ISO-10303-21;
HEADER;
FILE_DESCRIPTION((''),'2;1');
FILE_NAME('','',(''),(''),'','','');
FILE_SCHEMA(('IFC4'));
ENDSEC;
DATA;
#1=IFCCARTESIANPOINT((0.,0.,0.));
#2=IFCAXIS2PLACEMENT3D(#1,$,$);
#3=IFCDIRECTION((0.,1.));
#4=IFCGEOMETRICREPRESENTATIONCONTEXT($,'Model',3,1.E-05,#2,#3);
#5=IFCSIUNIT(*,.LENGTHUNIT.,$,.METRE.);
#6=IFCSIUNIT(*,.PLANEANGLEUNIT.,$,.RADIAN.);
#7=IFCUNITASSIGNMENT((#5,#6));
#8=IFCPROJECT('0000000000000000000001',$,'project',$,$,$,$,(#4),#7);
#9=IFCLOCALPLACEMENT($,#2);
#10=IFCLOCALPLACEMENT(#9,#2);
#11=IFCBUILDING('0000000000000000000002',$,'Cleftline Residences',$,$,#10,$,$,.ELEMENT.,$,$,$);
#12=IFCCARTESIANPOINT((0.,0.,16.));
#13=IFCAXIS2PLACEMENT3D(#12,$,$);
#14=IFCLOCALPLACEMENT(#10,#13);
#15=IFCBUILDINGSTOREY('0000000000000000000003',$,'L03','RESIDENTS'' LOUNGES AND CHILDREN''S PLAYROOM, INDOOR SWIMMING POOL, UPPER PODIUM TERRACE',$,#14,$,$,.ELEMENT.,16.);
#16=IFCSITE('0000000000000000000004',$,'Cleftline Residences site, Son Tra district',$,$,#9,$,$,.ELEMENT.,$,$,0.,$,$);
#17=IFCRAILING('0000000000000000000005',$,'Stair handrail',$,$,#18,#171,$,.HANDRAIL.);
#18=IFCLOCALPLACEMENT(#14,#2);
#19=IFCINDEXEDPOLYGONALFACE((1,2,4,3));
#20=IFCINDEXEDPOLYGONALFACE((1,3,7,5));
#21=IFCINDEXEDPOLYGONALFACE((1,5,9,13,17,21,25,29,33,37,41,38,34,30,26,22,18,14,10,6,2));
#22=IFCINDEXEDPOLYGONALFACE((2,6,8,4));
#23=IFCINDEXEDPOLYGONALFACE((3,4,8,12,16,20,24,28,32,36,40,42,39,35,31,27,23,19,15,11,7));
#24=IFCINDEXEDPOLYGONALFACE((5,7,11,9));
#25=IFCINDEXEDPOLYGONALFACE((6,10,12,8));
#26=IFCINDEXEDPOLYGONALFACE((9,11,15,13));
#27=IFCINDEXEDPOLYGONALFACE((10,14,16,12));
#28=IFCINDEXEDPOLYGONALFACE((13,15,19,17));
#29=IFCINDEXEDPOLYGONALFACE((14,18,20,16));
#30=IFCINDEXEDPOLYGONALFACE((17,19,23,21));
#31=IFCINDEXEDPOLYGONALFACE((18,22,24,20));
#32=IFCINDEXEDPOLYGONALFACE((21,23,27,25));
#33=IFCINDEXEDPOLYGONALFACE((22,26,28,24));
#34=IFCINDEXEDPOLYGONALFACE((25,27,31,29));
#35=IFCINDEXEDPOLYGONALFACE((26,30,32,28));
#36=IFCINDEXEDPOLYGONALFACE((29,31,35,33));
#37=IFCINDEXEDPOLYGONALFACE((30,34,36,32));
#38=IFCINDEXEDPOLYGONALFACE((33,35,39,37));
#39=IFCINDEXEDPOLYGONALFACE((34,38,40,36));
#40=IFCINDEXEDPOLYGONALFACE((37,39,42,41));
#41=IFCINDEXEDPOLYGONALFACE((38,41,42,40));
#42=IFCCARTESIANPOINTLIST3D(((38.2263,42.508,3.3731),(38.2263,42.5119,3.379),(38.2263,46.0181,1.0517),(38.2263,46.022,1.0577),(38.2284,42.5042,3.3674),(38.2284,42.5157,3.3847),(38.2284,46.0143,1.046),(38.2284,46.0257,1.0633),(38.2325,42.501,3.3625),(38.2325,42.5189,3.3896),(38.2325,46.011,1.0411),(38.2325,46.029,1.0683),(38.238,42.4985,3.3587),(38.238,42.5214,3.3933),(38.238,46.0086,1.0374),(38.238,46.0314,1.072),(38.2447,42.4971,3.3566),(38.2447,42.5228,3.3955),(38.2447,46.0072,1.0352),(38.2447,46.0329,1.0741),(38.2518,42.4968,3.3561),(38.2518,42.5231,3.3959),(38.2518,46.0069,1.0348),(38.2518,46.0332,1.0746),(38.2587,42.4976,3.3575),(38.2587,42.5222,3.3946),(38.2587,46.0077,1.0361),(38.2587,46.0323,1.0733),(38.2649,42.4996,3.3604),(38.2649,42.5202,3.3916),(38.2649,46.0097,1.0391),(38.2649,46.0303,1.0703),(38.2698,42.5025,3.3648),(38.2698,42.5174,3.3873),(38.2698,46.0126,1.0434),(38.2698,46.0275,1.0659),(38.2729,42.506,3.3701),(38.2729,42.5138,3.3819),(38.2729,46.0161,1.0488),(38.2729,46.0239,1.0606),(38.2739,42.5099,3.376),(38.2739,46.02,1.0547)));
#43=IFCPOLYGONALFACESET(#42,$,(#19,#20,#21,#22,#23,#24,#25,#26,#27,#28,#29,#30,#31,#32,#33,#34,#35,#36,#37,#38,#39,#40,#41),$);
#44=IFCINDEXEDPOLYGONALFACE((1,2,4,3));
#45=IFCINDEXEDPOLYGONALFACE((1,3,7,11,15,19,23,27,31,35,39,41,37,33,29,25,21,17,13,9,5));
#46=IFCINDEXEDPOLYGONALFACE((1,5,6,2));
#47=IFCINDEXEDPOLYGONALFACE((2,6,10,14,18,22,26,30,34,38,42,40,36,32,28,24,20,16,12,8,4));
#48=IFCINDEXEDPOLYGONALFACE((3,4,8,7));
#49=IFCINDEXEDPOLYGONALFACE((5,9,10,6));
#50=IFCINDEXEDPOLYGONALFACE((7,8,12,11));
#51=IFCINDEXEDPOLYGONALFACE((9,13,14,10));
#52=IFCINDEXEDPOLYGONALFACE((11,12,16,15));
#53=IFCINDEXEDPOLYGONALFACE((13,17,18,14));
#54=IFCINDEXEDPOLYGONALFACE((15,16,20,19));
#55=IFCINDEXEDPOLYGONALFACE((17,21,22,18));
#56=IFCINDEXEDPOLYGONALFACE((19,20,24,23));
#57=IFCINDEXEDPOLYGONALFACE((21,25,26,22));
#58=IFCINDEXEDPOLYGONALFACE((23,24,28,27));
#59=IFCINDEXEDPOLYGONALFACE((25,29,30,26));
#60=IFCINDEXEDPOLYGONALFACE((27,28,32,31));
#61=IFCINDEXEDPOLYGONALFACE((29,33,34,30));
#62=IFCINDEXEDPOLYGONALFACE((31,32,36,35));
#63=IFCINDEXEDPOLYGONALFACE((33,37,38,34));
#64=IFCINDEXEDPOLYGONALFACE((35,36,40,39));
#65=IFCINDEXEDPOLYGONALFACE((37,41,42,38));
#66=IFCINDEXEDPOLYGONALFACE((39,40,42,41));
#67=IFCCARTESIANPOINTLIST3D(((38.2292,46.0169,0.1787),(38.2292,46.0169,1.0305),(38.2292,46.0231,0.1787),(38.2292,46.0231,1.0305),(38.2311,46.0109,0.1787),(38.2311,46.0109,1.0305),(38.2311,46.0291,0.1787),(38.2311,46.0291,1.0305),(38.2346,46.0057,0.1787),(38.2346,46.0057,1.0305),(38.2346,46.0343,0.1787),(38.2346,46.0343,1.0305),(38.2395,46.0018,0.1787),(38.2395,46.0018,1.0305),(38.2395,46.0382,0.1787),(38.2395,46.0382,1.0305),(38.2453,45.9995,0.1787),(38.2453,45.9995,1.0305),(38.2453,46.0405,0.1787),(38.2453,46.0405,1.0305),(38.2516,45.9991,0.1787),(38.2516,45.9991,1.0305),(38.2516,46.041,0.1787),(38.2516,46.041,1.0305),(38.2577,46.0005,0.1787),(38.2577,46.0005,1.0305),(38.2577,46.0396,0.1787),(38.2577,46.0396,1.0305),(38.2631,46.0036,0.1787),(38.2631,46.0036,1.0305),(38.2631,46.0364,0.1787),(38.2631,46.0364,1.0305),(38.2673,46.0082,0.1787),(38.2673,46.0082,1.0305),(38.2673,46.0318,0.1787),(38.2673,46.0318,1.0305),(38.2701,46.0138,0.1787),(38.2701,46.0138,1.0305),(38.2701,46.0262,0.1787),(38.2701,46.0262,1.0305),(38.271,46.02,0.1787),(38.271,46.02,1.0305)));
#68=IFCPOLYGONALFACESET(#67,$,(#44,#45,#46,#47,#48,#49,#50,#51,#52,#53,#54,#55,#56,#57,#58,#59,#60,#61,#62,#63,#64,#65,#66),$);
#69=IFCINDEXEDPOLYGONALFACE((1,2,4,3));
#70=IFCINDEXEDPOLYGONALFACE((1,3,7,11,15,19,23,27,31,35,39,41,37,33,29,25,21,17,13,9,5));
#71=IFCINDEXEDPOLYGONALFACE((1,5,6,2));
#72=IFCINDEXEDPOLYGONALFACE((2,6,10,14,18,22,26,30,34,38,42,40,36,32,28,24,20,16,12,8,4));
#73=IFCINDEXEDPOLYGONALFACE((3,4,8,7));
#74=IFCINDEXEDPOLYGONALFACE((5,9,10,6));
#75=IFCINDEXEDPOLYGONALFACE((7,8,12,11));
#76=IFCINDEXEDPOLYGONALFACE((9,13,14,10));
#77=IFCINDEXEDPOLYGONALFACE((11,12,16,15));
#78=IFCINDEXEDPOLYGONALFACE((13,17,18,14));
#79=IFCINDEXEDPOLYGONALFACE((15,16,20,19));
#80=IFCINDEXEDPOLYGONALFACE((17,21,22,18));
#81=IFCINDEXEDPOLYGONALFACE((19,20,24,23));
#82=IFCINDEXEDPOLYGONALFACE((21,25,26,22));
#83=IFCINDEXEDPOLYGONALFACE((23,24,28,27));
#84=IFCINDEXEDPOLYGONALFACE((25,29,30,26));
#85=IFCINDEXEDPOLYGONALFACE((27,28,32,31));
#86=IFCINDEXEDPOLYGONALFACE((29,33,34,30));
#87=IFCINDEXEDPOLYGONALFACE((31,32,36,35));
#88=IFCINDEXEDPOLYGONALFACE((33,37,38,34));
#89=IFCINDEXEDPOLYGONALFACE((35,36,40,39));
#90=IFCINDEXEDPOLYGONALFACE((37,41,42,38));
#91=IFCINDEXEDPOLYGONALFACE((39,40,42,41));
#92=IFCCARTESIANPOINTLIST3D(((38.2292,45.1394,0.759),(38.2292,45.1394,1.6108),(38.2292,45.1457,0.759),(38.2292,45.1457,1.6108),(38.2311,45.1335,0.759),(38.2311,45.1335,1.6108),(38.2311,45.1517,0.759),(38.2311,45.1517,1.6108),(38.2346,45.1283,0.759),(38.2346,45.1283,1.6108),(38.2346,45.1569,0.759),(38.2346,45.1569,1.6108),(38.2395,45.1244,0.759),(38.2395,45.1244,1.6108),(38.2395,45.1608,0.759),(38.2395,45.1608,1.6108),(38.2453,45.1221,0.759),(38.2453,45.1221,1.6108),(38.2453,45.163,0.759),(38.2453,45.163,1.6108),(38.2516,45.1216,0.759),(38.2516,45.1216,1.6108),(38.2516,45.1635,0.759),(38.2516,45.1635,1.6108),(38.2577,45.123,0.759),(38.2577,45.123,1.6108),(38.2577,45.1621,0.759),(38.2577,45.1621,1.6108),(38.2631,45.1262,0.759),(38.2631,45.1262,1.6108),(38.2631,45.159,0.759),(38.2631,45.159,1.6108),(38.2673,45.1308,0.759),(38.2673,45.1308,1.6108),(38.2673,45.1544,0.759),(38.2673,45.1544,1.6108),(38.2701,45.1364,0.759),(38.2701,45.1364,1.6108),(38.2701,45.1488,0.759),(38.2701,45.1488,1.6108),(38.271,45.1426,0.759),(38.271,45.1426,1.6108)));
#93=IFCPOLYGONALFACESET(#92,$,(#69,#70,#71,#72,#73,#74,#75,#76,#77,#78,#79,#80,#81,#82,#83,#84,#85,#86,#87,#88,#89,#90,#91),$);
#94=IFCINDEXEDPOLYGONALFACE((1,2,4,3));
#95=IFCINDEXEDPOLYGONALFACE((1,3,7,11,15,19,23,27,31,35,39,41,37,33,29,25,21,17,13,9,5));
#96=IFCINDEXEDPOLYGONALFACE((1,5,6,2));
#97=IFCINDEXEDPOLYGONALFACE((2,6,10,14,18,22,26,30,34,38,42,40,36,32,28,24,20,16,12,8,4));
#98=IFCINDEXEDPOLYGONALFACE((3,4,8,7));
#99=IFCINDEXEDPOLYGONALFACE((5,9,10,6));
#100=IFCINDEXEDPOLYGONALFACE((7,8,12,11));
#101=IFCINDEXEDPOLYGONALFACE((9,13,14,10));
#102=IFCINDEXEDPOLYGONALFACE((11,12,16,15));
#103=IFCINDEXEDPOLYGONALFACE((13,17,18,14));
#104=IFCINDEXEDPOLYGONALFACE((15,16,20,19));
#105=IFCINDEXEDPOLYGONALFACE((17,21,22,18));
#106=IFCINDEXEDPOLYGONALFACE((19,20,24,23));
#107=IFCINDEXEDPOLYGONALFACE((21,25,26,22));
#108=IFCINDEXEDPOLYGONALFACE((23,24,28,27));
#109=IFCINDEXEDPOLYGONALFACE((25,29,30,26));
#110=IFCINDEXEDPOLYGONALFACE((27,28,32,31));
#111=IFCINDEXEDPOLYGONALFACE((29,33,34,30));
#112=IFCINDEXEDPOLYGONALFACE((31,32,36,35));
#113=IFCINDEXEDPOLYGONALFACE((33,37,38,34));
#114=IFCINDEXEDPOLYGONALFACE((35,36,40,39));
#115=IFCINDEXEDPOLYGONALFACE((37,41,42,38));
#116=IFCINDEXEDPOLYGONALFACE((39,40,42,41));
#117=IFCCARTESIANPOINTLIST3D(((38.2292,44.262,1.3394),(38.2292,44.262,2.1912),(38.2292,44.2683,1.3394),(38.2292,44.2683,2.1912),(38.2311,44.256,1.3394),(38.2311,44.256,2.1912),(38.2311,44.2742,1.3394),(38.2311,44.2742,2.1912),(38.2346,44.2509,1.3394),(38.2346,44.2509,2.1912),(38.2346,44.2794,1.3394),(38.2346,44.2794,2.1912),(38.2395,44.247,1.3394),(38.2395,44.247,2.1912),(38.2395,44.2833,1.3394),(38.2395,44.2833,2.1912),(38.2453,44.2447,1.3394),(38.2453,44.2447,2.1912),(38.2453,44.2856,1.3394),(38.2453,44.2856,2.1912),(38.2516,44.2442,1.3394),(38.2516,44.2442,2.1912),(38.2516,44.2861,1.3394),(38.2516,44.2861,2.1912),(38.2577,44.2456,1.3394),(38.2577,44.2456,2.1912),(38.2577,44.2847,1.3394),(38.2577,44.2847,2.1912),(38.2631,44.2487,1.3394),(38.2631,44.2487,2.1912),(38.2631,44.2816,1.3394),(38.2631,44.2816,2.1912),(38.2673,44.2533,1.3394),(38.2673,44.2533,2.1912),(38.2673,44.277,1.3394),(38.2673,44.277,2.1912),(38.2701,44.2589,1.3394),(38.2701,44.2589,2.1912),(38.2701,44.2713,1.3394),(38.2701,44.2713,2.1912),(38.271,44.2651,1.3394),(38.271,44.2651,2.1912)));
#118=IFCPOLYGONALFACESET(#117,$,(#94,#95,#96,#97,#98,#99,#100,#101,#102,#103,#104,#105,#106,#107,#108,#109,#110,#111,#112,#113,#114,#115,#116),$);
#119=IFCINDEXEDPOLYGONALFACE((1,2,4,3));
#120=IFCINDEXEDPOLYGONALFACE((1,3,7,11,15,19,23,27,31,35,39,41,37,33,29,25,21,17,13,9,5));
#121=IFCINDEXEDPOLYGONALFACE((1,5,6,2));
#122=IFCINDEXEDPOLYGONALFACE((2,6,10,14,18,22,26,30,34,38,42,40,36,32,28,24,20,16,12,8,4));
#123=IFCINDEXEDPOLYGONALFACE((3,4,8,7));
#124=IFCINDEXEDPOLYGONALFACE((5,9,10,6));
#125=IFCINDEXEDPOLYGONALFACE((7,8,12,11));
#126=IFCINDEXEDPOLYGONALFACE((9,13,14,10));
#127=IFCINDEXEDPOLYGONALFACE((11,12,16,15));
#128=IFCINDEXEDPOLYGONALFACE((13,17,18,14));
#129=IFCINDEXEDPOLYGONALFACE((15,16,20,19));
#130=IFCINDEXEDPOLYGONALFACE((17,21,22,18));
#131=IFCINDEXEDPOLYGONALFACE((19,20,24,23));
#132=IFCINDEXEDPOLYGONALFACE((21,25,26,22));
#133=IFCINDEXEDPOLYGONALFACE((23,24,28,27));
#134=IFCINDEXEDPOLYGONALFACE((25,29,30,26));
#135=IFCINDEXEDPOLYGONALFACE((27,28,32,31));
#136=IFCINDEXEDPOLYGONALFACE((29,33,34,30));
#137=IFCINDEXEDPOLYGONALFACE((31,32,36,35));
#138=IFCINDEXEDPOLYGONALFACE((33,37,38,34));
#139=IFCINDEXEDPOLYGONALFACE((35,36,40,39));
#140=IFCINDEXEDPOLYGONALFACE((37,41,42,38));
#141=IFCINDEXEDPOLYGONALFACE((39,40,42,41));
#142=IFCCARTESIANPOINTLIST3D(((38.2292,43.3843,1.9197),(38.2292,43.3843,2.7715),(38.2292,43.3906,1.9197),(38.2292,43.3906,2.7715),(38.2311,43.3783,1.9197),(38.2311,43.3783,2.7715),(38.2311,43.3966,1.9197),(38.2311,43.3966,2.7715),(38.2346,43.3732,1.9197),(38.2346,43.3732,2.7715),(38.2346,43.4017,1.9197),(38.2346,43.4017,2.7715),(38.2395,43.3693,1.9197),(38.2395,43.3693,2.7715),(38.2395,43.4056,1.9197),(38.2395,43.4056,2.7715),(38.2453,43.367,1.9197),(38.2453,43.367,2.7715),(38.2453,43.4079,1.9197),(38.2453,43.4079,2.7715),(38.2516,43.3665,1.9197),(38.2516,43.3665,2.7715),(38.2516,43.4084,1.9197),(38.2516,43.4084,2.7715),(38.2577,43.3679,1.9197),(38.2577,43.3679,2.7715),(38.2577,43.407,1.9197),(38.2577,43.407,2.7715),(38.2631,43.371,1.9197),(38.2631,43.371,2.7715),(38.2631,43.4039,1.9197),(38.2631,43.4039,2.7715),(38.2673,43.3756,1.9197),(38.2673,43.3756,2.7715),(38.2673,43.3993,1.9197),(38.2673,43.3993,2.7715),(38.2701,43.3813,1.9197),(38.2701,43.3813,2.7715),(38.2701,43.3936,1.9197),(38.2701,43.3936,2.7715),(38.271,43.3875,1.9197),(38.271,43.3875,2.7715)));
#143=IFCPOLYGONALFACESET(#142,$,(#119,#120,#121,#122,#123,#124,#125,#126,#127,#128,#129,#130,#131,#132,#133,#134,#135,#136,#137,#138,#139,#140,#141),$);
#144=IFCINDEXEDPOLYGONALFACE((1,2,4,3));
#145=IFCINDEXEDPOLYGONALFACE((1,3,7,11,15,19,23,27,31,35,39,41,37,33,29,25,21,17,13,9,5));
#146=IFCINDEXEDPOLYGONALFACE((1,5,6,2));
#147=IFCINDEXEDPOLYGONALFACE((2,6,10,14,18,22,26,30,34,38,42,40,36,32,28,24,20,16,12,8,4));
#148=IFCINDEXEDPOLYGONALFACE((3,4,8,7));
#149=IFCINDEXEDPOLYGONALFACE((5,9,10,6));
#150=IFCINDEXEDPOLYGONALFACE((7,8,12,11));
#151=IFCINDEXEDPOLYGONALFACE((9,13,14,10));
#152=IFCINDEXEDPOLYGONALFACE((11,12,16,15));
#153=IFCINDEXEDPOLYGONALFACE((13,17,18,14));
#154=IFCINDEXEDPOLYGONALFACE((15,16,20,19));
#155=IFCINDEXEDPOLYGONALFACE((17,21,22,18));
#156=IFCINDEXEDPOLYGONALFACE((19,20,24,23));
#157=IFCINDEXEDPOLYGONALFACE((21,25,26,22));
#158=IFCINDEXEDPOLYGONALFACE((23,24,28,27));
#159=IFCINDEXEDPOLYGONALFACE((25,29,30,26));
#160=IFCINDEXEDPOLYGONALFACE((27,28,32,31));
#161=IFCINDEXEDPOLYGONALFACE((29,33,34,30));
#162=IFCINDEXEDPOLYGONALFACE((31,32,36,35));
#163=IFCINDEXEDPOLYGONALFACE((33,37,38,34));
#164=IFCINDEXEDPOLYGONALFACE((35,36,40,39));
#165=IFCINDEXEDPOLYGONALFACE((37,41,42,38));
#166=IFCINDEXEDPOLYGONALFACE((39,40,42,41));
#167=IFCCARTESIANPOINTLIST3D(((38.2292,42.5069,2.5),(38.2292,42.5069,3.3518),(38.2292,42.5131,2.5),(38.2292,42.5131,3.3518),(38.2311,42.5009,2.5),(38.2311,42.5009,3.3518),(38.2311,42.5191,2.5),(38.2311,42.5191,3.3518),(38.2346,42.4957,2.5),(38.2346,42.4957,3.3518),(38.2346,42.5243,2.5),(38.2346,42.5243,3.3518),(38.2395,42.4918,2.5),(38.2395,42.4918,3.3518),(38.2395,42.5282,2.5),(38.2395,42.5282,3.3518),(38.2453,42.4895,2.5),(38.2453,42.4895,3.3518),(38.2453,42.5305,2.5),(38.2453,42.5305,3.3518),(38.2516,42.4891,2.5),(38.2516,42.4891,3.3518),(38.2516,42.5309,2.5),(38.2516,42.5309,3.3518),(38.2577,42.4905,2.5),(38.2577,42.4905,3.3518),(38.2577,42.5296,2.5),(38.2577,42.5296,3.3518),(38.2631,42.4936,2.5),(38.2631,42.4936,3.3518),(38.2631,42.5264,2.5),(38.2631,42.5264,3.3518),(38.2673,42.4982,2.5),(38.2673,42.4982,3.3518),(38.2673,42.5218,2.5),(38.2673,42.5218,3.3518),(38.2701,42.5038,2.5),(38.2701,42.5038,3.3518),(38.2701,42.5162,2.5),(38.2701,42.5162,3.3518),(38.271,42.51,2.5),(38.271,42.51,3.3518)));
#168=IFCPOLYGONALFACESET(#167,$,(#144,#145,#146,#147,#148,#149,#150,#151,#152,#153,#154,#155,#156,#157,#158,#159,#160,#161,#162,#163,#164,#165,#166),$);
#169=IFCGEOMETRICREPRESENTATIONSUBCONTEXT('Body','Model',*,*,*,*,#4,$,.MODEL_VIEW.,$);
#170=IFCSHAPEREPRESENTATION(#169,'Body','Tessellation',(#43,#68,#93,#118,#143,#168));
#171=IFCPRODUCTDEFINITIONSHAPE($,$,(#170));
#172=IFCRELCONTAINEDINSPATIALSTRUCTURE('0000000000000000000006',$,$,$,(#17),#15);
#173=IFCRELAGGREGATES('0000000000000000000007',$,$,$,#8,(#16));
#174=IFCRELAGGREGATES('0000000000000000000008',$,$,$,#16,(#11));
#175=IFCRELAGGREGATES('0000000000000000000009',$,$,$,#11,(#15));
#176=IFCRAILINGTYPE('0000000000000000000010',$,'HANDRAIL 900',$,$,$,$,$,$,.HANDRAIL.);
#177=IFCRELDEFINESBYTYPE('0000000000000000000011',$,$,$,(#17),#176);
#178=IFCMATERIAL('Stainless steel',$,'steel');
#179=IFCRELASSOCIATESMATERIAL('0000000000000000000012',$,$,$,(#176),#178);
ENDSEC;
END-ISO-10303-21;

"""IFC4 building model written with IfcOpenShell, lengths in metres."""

from ifc_helpers import new_model, si_unit, direction, frame, origin, origin_2d, place, context, subcontext, project, spatial, circle, extrude, material, type_object, element, save


model = new_model("IFC4")

# Units and contexts
model_context = context("Model", 3, precision=1e-05, world=origin(), true_north=direction((0.0, 1.0)))
body_context = subcontext(model_context, "Body", "Model", "MODEL_VIEW")
ifc_project = project(units=[si_unit("LENGTHUNIT", "METRE"), si_unit("PLANEANGLEUNIT", "RADIAN")], contexts=[model_context])

# Site, building, storey
site_placement = place(None, origin())
site = spatial("IfcSite", under=ifc_project, at=site_placement, Name="Cleftline Residences site, Son Tra district", CompositionType="ELEMENT", RefElevation=0.0)
building_placement = place(site_placement, origin())
building = spatial("IfcBuilding", under=site, at=building_placement, Name="Cleftline Residences", CompositionType="ELEMENT")
storey_placement = place(building_placement, frame((0.0, 0.0, 16.0)))
storey = spatial("IfcBuildingStorey", under=building, at=storey_placement, Name="L03", Description="RESIDENTS' LOUNGES AND CHILDREN'S PLAYROOM, INDOOR SWIMMING POOL, UPPER PODIUM TERRACE", CompositionType="ELEMENT", Elevation=16.0)

# Railing
ifc_material_1 = material(Name="Stainless steel", Category="steel")
railing_type = type_object("IfcRailingType", Name="HANDRAIL 900", PredefinedType="HANDRAIL", material=ifc_material_1)
for number, where, name in (
    (1, (38.25, 46.02, 0.1787), "Stair handrail"),
):
    element("IfcRailing", number, at=place(storey_placement, frame(where)), inside=storey, type_object=railing_type, Name=name, PredefinedType="HANDRAIL", context=body_context, shape_type="SweptSolid", body=[
        extrude(circle(Radius=0.0239, at=origin_2d()), frame((0.0, 0.0, 0.876), z_axis=(0.0, -0.834097, 0.551617), x_axis=(1.0, 0.0, 0.0)), (0.0, 0.0, 1.0), 4.2083),
        extrude(circle(Radius=0.021, at=origin_2d()), origin(), (0.0, 0.0, 1.0), 0.8518),
        extrude(circle(Radius=0.021, at=origin_2d()), frame((0.0, -0.8774, 0.5803)), (0.0, 0.0, 1.0), 0.8518),
        extrude(circle(Radius=0.021, at=origin_2d()), frame((0.0, -1.7549, 1.1606)), (0.0, 0.0, 1.0), 0.8518),
        extrude(circle(Radius=0.021, at=origin_2d()), frame((0.0, -2.6326, 1.741)), (0.0, 0.0, 1.0), 0.8518),
        extrude(circle(Radius=0.021, at=origin_2d()), frame((0.0, -3.51, 2.3213)), (0.0, 0.0, 1.0), 0.8518),
    ])

save(model, "model.ifc")
